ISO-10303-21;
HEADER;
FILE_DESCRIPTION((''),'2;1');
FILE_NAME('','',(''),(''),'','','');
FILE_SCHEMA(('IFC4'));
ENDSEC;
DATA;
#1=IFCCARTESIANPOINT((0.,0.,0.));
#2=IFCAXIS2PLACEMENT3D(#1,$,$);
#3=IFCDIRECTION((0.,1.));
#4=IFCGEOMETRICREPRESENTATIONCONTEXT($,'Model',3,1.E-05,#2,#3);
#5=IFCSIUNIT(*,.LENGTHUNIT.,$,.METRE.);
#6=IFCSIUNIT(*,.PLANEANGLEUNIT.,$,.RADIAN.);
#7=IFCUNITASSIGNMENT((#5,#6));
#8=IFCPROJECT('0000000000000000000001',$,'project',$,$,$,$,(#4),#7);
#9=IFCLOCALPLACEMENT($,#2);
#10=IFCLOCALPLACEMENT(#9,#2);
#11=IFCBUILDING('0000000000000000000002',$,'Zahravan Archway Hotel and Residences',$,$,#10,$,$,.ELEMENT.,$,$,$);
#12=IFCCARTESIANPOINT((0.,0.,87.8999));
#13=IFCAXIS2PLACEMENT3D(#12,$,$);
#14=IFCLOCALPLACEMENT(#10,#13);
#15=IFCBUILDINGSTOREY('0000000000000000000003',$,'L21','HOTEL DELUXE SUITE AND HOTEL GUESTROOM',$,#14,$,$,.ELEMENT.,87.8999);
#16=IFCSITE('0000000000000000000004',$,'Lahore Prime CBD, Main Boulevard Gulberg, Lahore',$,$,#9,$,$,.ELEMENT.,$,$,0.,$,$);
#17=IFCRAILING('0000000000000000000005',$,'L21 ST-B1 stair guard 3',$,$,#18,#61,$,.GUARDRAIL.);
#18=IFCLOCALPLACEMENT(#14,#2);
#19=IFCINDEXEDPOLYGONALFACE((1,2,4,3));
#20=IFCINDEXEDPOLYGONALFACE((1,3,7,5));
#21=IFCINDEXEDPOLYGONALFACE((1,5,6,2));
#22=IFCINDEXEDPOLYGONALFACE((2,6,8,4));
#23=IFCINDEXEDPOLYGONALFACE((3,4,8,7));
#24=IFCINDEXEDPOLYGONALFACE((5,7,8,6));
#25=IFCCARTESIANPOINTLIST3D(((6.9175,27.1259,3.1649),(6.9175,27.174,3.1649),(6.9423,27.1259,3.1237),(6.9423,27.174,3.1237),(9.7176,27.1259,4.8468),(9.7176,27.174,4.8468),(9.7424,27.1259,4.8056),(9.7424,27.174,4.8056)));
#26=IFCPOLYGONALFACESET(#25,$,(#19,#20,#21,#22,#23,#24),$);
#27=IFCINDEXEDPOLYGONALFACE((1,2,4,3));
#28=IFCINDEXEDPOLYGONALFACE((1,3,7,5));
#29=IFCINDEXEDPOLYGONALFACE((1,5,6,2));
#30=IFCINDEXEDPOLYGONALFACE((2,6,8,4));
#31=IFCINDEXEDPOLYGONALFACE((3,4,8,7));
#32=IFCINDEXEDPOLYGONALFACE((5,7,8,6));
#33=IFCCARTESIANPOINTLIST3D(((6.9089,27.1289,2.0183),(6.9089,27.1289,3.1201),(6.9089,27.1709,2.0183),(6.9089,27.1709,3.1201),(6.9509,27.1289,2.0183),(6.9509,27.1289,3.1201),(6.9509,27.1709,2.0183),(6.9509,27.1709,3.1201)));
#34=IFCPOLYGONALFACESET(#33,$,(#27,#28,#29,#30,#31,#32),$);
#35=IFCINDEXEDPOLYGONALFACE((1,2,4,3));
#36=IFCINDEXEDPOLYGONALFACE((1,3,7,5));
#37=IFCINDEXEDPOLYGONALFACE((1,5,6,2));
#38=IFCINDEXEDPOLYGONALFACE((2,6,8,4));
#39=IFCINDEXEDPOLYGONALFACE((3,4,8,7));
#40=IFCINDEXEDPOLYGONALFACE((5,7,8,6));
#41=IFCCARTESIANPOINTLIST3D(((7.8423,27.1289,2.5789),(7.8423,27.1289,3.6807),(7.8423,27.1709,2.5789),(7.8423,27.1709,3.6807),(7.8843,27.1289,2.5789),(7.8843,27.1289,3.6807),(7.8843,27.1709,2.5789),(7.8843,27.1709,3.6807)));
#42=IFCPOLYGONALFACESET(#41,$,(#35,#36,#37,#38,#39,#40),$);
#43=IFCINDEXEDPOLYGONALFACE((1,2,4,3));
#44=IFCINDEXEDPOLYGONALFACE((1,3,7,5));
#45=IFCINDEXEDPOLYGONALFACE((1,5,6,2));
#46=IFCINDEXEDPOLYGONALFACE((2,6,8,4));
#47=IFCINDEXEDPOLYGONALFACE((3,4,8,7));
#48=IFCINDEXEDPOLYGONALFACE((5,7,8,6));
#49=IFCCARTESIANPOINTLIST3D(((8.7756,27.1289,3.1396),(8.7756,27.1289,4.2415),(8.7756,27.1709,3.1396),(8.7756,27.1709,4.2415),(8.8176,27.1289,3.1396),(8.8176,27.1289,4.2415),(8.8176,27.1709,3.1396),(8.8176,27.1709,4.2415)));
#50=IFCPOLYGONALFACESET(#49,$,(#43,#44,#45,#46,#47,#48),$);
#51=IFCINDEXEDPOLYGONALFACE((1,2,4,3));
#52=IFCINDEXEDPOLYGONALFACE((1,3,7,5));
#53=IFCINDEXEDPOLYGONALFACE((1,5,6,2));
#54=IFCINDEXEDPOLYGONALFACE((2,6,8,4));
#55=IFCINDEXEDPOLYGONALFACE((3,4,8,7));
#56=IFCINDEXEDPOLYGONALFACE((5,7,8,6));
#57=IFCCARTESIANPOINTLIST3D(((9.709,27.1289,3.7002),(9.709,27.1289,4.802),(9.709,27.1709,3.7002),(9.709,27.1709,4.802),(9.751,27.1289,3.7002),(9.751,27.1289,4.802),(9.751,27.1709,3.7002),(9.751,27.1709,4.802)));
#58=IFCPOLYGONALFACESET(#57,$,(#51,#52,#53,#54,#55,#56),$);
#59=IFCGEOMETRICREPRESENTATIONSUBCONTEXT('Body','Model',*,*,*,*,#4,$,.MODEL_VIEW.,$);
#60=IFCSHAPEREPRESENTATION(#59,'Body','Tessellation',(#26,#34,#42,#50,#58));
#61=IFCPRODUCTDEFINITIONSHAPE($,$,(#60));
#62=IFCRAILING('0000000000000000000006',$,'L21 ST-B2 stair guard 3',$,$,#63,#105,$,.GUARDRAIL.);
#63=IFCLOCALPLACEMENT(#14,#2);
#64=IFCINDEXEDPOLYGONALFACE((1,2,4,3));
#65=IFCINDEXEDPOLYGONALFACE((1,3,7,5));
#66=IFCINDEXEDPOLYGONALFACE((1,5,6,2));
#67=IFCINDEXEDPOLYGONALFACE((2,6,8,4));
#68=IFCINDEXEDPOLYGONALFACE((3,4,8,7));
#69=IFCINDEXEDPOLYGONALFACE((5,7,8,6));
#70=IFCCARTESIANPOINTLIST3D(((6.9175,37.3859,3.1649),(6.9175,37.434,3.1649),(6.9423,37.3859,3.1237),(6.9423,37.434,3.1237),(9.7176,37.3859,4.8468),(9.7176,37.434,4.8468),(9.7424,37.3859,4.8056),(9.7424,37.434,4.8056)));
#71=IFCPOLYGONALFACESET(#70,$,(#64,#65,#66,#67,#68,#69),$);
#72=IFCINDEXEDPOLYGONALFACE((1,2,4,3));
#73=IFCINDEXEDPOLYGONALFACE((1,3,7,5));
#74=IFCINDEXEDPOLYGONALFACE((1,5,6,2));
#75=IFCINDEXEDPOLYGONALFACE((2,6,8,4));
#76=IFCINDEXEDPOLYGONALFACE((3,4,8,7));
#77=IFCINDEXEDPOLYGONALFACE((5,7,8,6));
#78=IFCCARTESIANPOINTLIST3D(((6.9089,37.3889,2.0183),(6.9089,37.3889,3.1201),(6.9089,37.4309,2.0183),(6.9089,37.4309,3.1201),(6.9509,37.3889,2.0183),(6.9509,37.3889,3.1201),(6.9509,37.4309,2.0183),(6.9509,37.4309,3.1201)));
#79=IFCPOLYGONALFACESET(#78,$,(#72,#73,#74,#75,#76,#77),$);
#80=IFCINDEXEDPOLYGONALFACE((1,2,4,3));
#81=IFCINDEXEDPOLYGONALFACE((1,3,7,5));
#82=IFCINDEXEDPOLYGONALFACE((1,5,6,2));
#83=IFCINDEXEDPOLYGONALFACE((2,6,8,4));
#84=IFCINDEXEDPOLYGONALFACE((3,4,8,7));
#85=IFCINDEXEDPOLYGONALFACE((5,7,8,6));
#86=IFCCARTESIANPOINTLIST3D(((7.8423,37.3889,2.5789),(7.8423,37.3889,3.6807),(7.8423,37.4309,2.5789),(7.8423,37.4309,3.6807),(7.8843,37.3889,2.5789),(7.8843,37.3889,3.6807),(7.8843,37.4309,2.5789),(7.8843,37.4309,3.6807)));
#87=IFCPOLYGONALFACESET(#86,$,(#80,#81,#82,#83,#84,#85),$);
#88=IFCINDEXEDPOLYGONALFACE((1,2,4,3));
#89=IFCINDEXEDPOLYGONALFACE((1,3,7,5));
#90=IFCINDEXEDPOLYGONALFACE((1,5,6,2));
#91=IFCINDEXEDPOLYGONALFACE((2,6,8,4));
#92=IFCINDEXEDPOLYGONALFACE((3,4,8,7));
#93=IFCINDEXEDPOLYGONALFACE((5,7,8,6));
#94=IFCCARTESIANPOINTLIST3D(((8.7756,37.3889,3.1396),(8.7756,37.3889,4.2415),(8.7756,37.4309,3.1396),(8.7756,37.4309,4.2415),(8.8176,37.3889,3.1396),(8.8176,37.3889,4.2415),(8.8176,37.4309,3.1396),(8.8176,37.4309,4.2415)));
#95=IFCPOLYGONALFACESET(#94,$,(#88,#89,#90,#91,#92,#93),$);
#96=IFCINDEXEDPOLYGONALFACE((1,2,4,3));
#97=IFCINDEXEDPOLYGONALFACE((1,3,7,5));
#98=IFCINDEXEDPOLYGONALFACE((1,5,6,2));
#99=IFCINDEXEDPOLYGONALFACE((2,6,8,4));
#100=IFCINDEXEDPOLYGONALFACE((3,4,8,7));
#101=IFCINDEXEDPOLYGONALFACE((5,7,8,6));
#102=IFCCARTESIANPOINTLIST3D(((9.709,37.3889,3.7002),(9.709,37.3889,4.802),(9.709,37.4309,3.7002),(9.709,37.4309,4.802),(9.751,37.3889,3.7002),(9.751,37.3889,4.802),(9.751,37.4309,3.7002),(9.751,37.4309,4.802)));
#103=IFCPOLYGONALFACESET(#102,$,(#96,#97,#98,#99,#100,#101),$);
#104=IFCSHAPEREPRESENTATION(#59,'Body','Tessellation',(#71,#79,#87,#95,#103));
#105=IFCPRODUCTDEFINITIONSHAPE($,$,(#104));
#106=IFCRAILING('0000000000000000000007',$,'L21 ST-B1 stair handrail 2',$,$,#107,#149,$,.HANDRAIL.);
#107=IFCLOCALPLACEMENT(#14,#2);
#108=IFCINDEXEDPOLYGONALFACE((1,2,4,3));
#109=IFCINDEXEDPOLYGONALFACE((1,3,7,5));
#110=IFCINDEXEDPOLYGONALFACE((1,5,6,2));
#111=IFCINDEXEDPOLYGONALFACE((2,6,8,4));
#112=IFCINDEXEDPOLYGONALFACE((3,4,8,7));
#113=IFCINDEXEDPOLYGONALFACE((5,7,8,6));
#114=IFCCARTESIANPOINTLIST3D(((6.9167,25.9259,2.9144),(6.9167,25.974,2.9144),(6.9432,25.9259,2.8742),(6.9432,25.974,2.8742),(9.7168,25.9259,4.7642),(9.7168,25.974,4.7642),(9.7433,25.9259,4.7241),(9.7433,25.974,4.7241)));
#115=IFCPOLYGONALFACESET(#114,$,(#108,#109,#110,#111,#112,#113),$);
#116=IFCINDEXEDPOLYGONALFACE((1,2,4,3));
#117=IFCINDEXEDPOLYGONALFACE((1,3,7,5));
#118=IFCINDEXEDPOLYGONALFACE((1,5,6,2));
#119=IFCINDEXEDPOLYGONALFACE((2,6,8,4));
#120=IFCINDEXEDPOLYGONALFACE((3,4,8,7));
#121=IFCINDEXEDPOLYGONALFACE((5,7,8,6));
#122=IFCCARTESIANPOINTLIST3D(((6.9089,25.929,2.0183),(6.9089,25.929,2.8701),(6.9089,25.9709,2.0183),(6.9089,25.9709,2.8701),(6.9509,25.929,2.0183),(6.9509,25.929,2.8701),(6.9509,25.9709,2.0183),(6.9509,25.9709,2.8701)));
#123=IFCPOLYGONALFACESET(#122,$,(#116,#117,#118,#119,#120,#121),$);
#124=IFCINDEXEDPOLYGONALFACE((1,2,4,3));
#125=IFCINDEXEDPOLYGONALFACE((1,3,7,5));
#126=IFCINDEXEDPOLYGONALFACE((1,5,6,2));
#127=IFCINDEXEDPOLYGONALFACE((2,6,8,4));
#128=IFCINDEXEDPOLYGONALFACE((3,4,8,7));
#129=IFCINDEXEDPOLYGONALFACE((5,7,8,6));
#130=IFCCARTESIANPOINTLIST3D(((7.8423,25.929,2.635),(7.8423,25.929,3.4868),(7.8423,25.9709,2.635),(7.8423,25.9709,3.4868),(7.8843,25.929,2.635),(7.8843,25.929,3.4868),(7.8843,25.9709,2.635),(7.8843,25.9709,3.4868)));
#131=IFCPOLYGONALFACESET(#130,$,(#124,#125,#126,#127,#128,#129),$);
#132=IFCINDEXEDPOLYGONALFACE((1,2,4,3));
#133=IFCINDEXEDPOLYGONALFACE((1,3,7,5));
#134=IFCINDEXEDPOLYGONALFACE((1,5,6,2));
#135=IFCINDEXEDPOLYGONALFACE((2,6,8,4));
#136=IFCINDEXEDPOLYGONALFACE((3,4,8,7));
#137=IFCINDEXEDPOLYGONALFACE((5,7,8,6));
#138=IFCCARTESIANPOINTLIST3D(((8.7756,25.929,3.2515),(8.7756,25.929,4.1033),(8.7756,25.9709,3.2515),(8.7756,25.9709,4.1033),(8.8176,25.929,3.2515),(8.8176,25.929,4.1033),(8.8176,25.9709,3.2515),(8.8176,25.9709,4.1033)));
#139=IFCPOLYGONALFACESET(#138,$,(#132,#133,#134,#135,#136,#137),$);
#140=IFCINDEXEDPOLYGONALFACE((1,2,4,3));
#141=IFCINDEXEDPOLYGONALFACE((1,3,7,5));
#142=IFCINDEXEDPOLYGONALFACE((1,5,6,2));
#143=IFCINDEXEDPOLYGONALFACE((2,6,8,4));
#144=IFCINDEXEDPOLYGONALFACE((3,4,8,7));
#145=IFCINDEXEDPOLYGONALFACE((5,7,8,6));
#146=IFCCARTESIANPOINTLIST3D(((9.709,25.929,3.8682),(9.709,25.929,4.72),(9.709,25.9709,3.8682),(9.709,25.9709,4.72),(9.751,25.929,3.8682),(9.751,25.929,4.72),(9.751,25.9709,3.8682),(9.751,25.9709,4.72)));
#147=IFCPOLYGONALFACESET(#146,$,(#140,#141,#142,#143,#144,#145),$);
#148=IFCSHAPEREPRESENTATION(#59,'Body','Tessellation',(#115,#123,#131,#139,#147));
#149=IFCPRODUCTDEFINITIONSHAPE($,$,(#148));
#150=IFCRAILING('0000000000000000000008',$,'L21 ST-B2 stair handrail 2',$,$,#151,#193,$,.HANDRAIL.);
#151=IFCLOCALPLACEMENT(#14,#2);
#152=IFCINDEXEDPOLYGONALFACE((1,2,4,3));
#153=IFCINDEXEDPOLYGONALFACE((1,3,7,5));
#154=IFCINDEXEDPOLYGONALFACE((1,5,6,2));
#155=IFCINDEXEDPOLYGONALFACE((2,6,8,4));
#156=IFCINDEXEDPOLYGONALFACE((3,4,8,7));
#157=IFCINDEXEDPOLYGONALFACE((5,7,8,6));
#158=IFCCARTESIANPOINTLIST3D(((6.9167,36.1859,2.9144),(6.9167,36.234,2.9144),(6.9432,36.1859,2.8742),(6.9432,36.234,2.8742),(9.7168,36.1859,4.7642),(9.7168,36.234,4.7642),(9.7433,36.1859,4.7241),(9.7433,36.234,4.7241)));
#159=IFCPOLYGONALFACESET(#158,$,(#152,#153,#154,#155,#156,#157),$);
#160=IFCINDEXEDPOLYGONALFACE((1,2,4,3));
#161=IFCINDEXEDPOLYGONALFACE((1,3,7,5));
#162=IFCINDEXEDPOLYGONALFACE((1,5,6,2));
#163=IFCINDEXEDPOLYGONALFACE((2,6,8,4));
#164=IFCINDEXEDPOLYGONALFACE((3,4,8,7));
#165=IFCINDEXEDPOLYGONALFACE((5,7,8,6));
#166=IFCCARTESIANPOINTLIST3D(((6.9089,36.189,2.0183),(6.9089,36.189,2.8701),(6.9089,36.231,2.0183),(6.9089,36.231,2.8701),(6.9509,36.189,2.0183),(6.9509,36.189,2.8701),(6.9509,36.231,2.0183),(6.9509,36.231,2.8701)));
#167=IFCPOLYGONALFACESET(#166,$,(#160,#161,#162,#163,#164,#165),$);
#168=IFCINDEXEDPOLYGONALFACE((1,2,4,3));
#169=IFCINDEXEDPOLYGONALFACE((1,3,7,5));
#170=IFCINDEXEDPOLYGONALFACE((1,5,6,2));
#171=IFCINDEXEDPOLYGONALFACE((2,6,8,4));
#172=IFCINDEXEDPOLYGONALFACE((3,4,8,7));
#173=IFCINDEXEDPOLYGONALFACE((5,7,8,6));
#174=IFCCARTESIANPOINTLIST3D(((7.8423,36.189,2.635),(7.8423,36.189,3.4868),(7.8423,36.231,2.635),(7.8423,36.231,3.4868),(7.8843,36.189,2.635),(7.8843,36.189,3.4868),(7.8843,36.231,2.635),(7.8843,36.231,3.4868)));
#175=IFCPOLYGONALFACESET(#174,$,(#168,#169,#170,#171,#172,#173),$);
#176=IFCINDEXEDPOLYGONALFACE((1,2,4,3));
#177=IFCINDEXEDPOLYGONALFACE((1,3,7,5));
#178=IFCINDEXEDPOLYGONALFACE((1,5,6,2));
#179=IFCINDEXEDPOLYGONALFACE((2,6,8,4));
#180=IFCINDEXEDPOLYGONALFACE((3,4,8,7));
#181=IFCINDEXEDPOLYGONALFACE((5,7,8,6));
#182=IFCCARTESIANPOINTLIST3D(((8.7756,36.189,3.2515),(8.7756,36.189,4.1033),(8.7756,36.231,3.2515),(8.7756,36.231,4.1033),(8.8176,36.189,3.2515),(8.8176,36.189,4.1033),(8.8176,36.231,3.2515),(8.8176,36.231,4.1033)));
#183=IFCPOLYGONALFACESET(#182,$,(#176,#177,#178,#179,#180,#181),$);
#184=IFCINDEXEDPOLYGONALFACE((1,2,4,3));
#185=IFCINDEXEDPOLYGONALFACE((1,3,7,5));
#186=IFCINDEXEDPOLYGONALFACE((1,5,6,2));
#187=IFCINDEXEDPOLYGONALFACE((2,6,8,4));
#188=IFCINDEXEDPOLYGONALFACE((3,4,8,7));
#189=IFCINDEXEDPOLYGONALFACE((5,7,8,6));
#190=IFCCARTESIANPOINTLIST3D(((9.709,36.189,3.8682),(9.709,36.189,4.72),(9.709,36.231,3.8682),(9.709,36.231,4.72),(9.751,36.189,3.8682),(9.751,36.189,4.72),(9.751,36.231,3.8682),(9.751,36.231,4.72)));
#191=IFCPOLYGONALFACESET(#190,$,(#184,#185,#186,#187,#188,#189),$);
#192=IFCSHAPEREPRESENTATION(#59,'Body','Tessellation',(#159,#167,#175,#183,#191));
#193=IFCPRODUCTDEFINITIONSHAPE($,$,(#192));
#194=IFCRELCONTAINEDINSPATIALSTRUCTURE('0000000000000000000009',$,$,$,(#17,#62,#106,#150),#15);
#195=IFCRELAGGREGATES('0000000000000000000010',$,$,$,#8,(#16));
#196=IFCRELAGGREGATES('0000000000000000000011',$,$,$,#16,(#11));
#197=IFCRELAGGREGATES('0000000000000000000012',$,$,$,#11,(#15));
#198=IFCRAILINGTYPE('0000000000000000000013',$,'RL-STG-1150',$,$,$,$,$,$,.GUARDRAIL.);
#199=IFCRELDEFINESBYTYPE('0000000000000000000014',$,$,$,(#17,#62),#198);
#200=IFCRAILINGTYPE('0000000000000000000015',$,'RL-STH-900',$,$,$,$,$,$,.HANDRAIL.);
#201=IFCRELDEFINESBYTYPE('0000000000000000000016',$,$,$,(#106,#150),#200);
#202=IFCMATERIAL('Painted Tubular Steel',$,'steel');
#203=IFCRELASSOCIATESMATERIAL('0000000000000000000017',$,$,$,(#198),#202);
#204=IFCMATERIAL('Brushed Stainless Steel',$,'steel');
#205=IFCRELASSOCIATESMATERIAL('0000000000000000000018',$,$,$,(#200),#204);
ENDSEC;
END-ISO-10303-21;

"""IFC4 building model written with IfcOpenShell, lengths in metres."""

from ifc_helpers import new_model, si_unit, direction, frame, origin, origin_2d, place, context, subcontext, project, spatial, rectangle, extrude, material, type_object, element, save


model = new_model("IFC4")

# Units and contexts
model_context = context("Model", 3, precision=1e-05, world=origin(), true_north=direction((0.0, 1.0)))
body_context = subcontext(model_context, "Body", "Model", "MODEL_VIEW")
ifc_project = project(units=[si_unit("LENGTHUNIT", "METRE"), si_unit("PLANEANGLEUNIT", "RADIAN")], contexts=[model_context])

# Site, building, storey
site_placement = place(None, origin())
site = spatial("IfcSite", under=ifc_project, at=site_placement, Name="Lahore Prime CBD, Main Boulevard Gulberg, Lahore", CompositionType="ELEMENT", RefElevation=0.0)
building_placement = place(site_placement, origin())
building = spatial("IfcBuilding", under=site, at=building_placement, Name="Zahravan Archway Hotel and Residences", CompositionType="ELEMENT")
storey_placement = place(building_placement, frame((0.0, 0.0, 87.8999)))
storey = spatial("IfcBuildingStorey", under=building, at=storey_placement, Name="L21", Description="HOTEL DELUXE SUITE AND HOTEL GUESTROOM", CompositionType="ELEMENT", Elevation=87.8999)

# Shared definitions
ifc_material_1 = material(Name="Brushed Stainless Steel", Category="steel")

# Railings
ifc_material_2 = material(Name="Painted Tubular Steel", Category="steel")
railing_type_1 = type_object("IfcRailingType", Name="RL-STG-1150", PredefinedType="GUARDRAIL", material=ifc_material_2)
for number, where, name in (
    (1, (6.9299, 27.1499, 2.0183), "L21 ST-B1 stair guard 3"),
    (2, (6.9299, 37.4099, 2.0183), "L21 ST-B2 stair guard 3"),
):
    element("IfcRailing", number, at=place(storey_placement, frame(where)), inside=storey, type_object=railing_type_1, Name=name, PredefinedType="GUARDRAIL", context=body_context, shape_type="SweptSolid", body=[
        extrude(rectangle(XDim=0.0481, YDim=0.0481, at=origin_2d()), frame((0.0, 0.0, 1.126), z_axis=(0.857242, 0.0, 0.514913), x_axis=(0.0, 1.0, 0.0)), (0.0, 0.0, 1.0), 3.2664),
        extrude(rectangle(XDim=0.042, YDim=0.042, at=origin_2d()), origin(), (0.0, 0.0, 1.0), 1.1018),
        extrude(rectangle(XDim=0.042, YDim=0.042, at=origin_2d()), frame((0.9333, 0.0, 0.5605)), (0.0, 0.0, 1.0), 1.1018),
        extrude(rectangle(XDim=0.042, YDim=0.042, at=origin_2d()), frame((1.8667, 0.0, 1.1213)), (0.0, 0.0, 1.0), 1.1018),
        extrude(rectangle(XDim=0.042, YDim=0.042, at=origin_2d()), frame((2.8, 0.0, 1.6819)), (0.0, 0.0, 1.0), 1.1018),
    ])
railing_type_2 = type_object("IfcRailingType", Name="RL-STH-900", PredefinedType="HANDRAIL", material=ifc_material_1)
for number, where, name in (
    (3, (6.9299, 25.95, 2.0183), "L21 ST-B1 stair handrail 2"),
    (4, (6.9299, 36.21, 2.0183), "L21 ST-B2 stair handrail 2"),
):
    element("IfcRailing", number, at=place(storey_placement, frame(where)), inside=storey, type_object=railing_type_2, Name=name, PredefinedType="HANDRAIL", context=body_context, shape_type="SweptSolid", body=[
        extrude(rectangle(XDim=0.0481, YDim=0.0481, at=origin_2d()), frame((0.0, 0.0, 0.876), z_axis=(0.83436, 0.0, 0.55122), x_axis=(0.0, 1.0, 0.0)), (0.0, 0.0, 1.0), 3.356),
        extrude(rectangle(XDim=0.042, YDim=0.042, at=origin_2d()), origin(), (0.0, 0.0, 1.0), 0.8518),
        extrude(rectangle(XDim=0.042, YDim=0.042, at=origin_2d()), frame((0.9333, 0.0, 0.6167)), (0.0, 0.0, 1.0), 0.8518),
        extrude(rectangle(XDim=0.042, YDim=0.042, at=origin_2d()), frame((1.8667, 0.0, 1.2332)), (0.0, 0.0, 1.0), 0.8518),
        extrude(rectangle(XDim=0.042, YDim=0.042, at=origin_2d()), frame((2.8, 0.0, 1.8499)), (0.0, 0.0, 1.0), 0.8518),
    ])

save(model, "model.ifc")
